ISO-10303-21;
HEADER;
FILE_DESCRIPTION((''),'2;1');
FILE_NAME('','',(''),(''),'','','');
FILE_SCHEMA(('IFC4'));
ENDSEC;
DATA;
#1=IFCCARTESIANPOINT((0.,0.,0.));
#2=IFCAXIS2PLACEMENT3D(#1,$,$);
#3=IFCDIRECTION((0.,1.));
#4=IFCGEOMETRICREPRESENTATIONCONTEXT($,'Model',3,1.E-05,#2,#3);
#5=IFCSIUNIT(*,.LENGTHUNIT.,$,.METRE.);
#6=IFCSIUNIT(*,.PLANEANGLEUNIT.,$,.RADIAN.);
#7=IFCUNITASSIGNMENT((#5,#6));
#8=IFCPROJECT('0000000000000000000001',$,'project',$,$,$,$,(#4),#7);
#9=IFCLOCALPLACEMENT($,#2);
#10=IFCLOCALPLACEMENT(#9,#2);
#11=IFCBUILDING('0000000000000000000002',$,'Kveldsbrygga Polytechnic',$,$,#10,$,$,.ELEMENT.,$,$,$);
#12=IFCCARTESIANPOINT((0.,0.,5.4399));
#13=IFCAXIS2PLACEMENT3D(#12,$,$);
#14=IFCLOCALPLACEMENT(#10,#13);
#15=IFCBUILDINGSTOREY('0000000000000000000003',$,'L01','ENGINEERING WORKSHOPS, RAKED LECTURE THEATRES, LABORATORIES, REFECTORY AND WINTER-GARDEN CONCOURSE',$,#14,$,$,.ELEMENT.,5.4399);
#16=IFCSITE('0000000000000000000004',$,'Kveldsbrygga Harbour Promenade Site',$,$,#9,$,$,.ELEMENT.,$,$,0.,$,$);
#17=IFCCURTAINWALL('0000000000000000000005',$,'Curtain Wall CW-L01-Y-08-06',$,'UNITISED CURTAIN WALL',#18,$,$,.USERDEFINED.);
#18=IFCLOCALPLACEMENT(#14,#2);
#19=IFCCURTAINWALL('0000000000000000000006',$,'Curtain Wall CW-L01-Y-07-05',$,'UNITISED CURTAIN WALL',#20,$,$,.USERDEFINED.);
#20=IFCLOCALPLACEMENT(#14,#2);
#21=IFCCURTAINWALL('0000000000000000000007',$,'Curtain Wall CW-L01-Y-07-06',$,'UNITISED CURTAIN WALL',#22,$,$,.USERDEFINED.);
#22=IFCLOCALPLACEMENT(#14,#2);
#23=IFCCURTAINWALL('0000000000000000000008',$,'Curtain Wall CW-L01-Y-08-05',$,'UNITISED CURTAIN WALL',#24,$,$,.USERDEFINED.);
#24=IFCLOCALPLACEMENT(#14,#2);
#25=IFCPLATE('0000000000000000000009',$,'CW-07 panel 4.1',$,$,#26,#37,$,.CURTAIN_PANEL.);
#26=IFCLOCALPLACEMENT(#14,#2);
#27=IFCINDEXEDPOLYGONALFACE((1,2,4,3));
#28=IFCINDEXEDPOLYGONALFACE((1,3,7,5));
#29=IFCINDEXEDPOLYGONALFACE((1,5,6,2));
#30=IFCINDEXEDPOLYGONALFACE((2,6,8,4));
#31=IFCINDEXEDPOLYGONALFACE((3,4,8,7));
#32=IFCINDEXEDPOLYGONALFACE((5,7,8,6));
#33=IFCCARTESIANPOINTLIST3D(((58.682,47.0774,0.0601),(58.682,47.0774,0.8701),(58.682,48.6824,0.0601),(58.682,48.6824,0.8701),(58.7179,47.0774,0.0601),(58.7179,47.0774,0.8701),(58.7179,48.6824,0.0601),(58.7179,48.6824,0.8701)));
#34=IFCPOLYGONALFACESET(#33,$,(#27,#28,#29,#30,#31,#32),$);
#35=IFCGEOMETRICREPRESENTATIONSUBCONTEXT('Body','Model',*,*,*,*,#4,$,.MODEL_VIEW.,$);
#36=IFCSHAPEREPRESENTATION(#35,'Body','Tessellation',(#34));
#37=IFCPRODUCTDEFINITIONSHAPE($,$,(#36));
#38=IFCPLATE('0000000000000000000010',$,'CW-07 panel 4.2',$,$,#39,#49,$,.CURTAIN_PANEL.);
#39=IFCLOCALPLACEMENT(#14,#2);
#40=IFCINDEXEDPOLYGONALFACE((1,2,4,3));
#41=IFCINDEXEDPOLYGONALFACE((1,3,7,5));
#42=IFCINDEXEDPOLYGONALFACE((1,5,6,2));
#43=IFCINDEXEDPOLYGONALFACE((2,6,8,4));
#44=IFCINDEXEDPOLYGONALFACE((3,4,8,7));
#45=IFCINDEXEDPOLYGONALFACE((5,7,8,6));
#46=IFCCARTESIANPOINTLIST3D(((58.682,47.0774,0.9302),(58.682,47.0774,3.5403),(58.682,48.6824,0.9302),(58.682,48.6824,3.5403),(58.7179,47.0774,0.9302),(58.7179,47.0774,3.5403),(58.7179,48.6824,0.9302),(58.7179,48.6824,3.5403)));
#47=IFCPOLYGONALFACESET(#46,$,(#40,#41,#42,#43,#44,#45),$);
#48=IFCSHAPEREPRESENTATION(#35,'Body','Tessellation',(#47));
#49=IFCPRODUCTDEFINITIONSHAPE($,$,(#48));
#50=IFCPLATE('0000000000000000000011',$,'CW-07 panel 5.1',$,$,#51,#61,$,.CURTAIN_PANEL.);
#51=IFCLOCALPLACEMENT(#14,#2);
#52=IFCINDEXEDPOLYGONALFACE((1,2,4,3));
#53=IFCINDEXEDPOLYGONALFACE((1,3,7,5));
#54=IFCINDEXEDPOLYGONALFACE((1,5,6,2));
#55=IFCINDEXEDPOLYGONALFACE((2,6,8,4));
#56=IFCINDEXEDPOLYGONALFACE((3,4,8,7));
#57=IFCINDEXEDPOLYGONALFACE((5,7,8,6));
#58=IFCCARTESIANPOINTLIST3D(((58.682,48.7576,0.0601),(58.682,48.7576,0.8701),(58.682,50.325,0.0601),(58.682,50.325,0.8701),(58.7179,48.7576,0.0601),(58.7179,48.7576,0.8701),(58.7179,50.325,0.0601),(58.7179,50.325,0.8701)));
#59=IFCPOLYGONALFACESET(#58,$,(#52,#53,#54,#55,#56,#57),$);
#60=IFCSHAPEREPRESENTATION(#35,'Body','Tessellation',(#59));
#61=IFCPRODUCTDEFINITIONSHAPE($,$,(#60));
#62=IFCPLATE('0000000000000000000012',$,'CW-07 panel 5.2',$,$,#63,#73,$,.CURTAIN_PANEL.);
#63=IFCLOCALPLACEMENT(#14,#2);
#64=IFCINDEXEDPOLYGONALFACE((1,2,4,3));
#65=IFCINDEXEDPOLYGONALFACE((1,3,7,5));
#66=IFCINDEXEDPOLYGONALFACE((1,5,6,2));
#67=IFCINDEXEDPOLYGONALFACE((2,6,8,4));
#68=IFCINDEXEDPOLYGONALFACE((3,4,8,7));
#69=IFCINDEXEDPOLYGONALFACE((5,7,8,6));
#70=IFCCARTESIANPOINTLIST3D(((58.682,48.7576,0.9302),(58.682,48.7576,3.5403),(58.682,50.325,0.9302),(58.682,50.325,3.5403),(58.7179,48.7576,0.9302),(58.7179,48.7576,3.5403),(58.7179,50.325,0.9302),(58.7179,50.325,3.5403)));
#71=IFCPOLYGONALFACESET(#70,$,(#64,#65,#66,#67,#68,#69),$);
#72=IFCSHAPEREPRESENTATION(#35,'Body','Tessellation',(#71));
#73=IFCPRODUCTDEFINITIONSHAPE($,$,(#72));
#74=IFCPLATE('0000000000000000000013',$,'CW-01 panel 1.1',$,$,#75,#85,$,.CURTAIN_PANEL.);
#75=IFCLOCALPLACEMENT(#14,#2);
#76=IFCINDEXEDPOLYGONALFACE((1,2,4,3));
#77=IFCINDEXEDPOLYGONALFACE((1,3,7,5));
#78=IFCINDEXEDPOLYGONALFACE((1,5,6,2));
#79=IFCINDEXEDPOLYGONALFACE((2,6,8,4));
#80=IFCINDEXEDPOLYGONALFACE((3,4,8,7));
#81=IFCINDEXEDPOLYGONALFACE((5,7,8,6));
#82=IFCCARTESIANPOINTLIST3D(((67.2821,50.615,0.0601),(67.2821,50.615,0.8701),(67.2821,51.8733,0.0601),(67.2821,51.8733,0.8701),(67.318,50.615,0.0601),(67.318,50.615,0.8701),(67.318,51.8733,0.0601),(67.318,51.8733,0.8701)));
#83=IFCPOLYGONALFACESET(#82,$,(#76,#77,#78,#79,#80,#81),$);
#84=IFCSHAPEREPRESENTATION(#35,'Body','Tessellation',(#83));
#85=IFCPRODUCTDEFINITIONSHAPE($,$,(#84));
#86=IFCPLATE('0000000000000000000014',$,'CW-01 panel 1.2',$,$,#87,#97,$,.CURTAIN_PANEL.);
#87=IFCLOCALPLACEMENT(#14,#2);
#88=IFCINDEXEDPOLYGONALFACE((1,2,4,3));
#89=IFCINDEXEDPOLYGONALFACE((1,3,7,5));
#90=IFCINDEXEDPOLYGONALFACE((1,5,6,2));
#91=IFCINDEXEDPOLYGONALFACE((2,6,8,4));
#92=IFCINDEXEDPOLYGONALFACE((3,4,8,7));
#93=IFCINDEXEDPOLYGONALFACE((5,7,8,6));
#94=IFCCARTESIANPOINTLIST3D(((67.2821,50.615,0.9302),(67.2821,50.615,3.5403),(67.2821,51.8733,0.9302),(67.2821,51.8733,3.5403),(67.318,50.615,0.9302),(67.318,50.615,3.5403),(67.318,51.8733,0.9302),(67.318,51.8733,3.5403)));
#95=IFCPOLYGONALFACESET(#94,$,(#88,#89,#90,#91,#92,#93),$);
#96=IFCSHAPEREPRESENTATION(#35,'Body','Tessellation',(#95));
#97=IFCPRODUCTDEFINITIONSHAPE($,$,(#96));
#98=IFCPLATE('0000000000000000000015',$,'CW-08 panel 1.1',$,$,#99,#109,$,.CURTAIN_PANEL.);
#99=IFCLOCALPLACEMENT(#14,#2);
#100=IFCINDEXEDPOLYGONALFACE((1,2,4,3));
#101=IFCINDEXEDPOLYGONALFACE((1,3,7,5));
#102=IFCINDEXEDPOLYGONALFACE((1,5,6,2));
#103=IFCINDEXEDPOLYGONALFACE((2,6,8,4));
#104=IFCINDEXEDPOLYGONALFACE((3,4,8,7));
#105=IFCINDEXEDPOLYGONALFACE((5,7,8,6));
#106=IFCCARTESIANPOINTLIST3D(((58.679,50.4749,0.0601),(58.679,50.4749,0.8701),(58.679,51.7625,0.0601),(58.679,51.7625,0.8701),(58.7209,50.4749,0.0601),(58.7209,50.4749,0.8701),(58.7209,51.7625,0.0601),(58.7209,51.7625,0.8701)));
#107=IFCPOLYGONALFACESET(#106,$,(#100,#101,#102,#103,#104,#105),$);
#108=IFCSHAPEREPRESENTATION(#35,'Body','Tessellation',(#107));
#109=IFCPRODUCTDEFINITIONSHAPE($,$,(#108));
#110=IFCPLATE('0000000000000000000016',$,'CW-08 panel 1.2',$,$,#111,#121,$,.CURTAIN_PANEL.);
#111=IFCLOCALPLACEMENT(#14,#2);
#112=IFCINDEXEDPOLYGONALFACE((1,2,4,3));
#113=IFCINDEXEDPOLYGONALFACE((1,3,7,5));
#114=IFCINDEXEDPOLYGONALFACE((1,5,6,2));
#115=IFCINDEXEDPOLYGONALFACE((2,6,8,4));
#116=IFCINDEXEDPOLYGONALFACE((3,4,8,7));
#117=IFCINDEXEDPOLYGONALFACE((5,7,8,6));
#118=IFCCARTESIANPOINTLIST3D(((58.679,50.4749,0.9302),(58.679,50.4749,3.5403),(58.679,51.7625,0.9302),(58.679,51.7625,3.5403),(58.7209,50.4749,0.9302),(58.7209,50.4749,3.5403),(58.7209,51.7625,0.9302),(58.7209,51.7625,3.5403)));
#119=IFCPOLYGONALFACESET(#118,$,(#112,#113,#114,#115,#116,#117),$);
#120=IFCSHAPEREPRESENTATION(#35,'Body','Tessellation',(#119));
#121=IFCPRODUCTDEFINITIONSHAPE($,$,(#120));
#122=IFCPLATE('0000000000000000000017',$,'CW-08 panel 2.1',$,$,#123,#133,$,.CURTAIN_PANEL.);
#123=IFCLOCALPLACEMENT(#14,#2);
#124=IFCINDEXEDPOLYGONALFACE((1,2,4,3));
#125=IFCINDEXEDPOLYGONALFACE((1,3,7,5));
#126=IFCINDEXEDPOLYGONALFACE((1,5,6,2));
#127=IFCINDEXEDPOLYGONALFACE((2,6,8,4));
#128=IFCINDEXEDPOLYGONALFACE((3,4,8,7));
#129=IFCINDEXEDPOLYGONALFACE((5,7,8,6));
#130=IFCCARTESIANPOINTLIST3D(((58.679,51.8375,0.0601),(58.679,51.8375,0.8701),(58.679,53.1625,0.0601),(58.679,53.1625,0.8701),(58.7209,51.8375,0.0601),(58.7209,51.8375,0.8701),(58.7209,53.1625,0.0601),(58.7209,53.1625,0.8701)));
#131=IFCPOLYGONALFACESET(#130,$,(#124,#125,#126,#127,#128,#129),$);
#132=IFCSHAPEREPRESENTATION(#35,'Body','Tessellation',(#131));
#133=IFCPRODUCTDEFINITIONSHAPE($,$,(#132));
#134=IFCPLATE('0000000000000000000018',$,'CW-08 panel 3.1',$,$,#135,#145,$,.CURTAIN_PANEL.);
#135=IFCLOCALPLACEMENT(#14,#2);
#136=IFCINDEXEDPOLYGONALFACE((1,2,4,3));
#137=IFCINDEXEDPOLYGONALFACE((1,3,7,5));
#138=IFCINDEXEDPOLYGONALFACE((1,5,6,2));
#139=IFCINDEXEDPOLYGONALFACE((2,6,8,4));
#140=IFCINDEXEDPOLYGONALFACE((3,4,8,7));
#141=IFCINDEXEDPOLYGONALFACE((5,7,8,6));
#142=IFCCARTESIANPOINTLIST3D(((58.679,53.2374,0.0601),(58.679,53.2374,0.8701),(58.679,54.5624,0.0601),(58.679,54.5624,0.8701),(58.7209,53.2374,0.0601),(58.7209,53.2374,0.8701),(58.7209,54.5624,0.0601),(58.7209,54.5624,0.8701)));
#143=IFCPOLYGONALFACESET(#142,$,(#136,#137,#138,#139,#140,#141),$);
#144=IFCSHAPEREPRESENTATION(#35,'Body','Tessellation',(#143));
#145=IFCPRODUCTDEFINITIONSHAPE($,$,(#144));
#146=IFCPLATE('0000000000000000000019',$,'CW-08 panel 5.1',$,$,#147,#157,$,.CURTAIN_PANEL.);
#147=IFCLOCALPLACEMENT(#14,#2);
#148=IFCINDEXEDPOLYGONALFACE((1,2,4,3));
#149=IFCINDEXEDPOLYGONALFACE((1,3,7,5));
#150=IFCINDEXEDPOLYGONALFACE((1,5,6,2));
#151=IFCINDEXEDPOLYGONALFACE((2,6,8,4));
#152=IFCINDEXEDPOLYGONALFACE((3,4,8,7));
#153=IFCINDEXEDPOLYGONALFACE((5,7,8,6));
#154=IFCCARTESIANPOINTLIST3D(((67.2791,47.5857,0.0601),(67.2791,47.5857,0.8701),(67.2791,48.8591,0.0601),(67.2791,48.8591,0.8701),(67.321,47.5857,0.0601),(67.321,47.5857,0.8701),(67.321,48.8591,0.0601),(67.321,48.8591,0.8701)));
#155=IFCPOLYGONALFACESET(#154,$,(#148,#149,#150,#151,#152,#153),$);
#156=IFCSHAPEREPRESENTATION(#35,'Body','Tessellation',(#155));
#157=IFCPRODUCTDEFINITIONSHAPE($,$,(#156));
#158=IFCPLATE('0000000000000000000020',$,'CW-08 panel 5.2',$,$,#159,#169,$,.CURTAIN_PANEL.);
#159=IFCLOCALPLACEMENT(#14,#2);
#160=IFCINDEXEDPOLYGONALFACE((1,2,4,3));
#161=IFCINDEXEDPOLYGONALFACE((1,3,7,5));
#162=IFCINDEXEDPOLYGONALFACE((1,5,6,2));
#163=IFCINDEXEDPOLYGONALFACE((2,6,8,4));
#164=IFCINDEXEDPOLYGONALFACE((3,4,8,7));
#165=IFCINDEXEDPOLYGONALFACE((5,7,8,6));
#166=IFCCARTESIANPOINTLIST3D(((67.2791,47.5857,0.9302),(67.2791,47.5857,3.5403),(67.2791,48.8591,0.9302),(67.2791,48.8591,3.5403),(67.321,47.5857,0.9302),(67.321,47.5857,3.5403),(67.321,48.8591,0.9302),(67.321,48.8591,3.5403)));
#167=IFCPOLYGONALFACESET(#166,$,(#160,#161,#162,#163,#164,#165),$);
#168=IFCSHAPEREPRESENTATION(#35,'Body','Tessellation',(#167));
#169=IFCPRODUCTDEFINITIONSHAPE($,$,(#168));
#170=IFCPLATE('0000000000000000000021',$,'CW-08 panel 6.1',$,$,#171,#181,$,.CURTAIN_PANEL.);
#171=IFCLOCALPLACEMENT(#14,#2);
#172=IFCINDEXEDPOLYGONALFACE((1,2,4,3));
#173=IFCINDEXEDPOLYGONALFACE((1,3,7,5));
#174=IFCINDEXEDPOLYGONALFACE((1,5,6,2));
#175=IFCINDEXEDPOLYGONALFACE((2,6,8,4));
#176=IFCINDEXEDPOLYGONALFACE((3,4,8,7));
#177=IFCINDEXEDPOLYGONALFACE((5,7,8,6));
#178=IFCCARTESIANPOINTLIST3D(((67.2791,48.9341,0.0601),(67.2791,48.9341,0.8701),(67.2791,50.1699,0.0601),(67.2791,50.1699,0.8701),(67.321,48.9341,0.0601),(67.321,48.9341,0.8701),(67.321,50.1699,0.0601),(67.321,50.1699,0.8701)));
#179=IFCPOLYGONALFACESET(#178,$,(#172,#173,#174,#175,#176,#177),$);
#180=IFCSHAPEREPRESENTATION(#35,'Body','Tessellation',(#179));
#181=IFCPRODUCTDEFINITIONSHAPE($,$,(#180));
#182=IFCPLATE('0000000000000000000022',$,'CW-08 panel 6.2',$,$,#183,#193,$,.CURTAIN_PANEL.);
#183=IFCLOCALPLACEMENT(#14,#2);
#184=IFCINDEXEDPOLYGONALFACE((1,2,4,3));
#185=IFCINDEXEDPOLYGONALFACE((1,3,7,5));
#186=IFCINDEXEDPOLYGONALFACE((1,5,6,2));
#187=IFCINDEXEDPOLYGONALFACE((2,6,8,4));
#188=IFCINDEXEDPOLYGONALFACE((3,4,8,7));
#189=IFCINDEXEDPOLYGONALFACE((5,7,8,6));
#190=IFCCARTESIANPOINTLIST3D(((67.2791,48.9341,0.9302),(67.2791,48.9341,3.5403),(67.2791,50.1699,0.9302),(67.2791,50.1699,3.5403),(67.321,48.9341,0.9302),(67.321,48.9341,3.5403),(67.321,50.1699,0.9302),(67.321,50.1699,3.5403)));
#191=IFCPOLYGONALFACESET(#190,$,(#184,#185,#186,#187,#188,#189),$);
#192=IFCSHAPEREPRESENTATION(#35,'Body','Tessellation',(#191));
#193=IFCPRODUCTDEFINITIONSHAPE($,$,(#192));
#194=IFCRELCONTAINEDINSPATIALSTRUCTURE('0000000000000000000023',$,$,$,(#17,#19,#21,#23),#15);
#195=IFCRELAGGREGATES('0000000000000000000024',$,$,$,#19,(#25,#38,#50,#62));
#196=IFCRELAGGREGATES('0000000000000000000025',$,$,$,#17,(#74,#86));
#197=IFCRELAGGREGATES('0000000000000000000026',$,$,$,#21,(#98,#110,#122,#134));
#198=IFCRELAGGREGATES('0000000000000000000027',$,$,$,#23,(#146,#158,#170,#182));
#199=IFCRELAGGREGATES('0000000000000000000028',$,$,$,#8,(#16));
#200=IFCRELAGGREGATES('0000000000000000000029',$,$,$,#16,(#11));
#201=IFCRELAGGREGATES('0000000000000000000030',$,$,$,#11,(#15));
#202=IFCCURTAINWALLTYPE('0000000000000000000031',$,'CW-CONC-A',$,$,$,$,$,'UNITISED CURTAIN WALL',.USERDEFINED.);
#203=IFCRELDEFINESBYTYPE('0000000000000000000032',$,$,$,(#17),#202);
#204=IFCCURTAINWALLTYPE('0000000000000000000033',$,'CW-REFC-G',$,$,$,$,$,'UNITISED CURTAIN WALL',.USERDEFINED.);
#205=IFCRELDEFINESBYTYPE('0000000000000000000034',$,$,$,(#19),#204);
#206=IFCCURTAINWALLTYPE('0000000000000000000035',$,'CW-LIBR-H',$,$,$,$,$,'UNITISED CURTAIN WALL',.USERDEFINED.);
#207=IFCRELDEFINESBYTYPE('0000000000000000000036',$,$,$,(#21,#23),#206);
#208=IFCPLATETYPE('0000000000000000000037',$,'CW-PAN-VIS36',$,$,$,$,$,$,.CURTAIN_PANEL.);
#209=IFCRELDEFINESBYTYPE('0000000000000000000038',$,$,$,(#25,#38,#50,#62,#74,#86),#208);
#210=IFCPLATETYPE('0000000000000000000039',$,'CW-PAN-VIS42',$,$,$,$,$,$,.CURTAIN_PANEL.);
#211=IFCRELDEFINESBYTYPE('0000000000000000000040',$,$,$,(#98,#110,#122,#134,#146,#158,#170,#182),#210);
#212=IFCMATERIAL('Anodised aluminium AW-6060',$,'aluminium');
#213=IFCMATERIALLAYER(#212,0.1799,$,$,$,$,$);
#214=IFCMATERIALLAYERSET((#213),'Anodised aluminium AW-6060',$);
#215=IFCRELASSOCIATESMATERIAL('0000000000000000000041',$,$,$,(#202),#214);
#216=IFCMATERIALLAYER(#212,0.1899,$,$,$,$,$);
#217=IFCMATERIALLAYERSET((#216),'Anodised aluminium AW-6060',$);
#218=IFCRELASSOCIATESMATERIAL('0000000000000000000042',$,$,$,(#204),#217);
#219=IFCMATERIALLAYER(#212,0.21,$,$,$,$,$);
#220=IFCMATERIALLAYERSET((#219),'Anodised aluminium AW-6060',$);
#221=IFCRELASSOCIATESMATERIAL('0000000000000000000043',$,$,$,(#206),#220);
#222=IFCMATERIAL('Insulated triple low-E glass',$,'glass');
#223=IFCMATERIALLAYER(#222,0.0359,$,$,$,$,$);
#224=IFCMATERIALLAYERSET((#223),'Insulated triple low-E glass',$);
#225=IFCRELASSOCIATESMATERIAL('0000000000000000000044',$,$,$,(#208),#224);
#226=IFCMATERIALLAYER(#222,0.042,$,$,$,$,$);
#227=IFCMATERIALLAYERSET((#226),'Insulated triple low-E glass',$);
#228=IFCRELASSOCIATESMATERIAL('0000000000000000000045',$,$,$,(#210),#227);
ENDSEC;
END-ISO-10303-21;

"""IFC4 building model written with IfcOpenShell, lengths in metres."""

from ifc_helpers import new_model, si_unit, direction, frame, origin, origin_2d, place, context, subcontext, project, spatial, rectangle, extrude, material, layer, layer_set, type_object, element, aggregate, save


model = new_model("IFC4")

# Units and contexts
model_context = context("Model", 3, precision=1e-05, world=origin(), true_north=direction((0.0, 1.0)))
body_context = subcontext(model_context, "Body", "Model", "MODEL_VIEW")
ifc_project = project(units=[si_unit("LENGTHUNIT", "METRE"), si_unit("PLANEANGLEUNIT", "RADIAN")], contexts=[model_context])

# Site, building, storey
site_placement = place(None, origin())
site = spatial("IfcSite", under=ifc_project, at=site_placement, Name="Kveldsbrygga Harbour Promenade Site", CompositionType="ELEMENT", RefElevation=0.0)
building_placement = place(site_placement, origin())
building = spatial("IfcBuilding", under=site, at=building_placement, Name="Kveldsbrygga Polytechnic", CompositionType="ELEMENT")
storey_placement = place(building_placement, frame((0.0, 0.0, 5.4399)))
storey = spatial("IfcBuildingStorey", under=building, at=storey_placement, Name="L01", Description="ENGINEERING WORKSHOPS, RAKED LECTURE THEATRES, LABORATORIES, REFECTORY AND WINTER-GARDEN CONCOURSE", CompositionType="ELEMENT", Elevation=5.4399)

# Curtain walls
ifc_material_1 = material(Name="Anodised aluminium AW-6060", Category="aluminium")
ifc_layer_1 = layer(ifc_material_1, 0.1799)
ifc_layer_set_1 = layer_set([ifc_layer_1], Name="Anodised aluminium AW-6060")
curtain_wall_type_1 = type_object("IfcCurtainWallType", Name="CW-CONC-A", ElementType="UNITISED CURTAIN WALL", PredefinedType="USERDEFINED", material=ifc_layer_set_1)
curtain_wall_1_placement = place(storey_placement, origin())
curtain_wall_1 = element("IfcCurtainWall", 1, at=curtain_wall_1_placement, inside=storey, type_object=curtain_wall_type_1, Name="Curtain Wall CW-L01-Y-08-06", ObjectType="UNITISED CURTAIN WALL", PredefinedType="USERDEFINED")
ifc_layer_2 = layer(ifc_material_1, 0.1899)
ifc_layer_set_2 = layer_set([ifc_layer_2], Name="Anodised aluminium AW-6060")
curtain_wall_type_2 = type_object("IfcCurtainWallType", Name="CW-REFC-G", ElementType="UNITISED CURTAIN WALL", PredefinedType="USERDEFINED", material=ifc_layer_set_2)
curtain_wall_2_placement = place(storey_placement, origin())
curtain_wall_2 = element("IfcCurtainWall", 2, at=curtain_wall_2_placement, inside=storey, type_object=curtain_wall_type_2, Name="Curtain Wall CW-L01-Y-07-05", ObjectType="UNITISED CURTAIN WALL", PredefinedType="USERDEFINED")
ifc_layer_3 = layer(ifc_material_1, 0.21)
ifc_layer_set_3 = layer_set([ifc_layer_3], Name="Anodised aluminium AW-6060")
curtain_wall_type_3 = type_object("IfcCurtainWallType", Name="CW-LIBR-H", ElementType="UNITISED CURTAIN WALL", PredefinedType="USERDEFINED", material=ifc_layer_set_3)
curtain_wall_3_placement = place(storey_placement, origin())
curtain_wall_3 = element("IfcCurtainWall", 3, at=curtain_wall_3_placement, inside=storey, type_object=curtain_wall_type_3, Name="Curtain Wall CW-L01-Y-07-06", ObjectType="UNITISED CURTAIN WALL", PredefinedType="USERDEFINED")
curtain_wall_4_placement = place(storey_placement, origin())
curtain_wall_4 = element("IfcCurtainWall", 4, at=curtain_wall_4_placement, inside=storey, type_object=curtain_wall_type_3, Name="Curtain Wall CW-L01-Y-08-05", ObjectType="UNITISED CURTAIN WALL", PredefinedType="USERDEFINED")

# Plates
ifc_material_2 = material(Name="Insulated triple low-E glass", Category="glass")
ifc_layer_4 = layer(ifc_material_2, 0.0359)
ifc_layer_set_4 = layer_set([ifc_layer_4], Name="Insulated triple low-E glass")
plate_type_1 = type_object("IfcPlateType", Name="CW-PAN-VIS36", PredefinedType="CURTAIN_PANEL", material=ifc_layer_set_4)
plate_1_placement = place(storey_placement, frame((58.7, 47.8799, 0.0601), z_axis=(0.0, 0.0, 1.0), x_axis=(0.0, 1.0, 0.0)))
plate_1 = element("IfcPlate", 5, at=plate_1_placement, type_object=plate_type_1, Name="CW-07 panel 4.1", PredefinedType="CURTAIN_PANEL", context=body_context, shape_type="SweptSolid", body=[
    extrude(rectangle(XDim=1.605, YDim=0.0359, at=origin_2d()), origin(), (0.0, 0.0, 1.0), 0.8101),
])
plate_2_placement = place(storey_placement, frame((58.7, 47.8799, 0.9302), z_axis=(0.0, 0.0, 1.0), x_axis=(0.0, 1.0, 0.0)))
plate_2 = element("IfcPlate", 6, at=plate_2_placement, type_object=plate_type_1, Name="CW-07 panel 4.2", PredefinedType="CURTAIN_PANEL", context=body_context, shape_type="SweptSolid", body=[
    extrude(rectangle(XDim=1.605, YDim=0.0359, at=origin_2d()), origin(), (0.0, 0.0, 1.0), 2.6101),
])
plate_3_placement = place(storey_placement, frame((58.7, 49.5413, 0.0601), z_axis=(0.0, 0.0, 1.0), x_axis=(0.0, 1.0, 0.0)))
plate_3 = element("IfcPlate", 7, at=plate_3_placement, type_object=plate_type_1, Name="CW-07 panel 5.1", PredefinedType="CURTAIN_PANEL", context=body_context, shape_type="SweptSolid", body=[
    extrude(rectangle(XDim=1.5674, YDim=0.0359, at=origin_2d()), origin(), (0.0, 0.0, 1.0), 0.8101),
])
plate_4_placement = place(storey_placement, frame((58.7, 49.5413, 0.9302), z_axis=(0.0, 0.0, 1.0), x_axis=(0.0, 1.0, 0.0)))
plate_4 = element("IfcPlate", 8, at=plate_4_placement, type_object=plate_type_1, Name="CW-07 panel 5.2", PredefinedType="CURTAIN_PANEL", context=body_context, shape_type="SweptSolid", body=[
    extrude(rectangle(XDim=1.5674, YDim=0.0359, at=origin_2d()), origin(), (0.0, 0.0, 1.0), 2.6101),
])
aggregate(curtain_wall_2, [plate_1, plate_2, plate_3, plate_4])
plate_5_placement = place(storey_placement, frame((67.3, 51.2441, 0.0601), z_axis=(0.0, 0.0, 1.0), x_axis=(0.0, 1.0, 0.0)))
plate_5 = element("IfcPlate", 9, at=plate_5_placement, type_object=plate_type_1, Name="CW-01 panel 1.1", PredefinedType="CURTAIN_PANEL", context=body_context, shape_type="SweptSolid", body=[
    extrude(rectangle(XDim=1.2583, YDim=0.0359, at=origin_2d()), origin(), (0.0, 0.0, 1.0), 0.8101),
])
plate_6_placement = place(storey_placement, frame((67.3, 51.2441, 0.9302), z_axis=(0.0, 0.0, 1.0), x_axis=(0.0, 1.0, 0.0)))
plate_6 = element("IfcPlate", 10, at=plate_6_placement, type_object=plate_type_1, Name="CW-01 panel 1.2", PredefinedType="CURTAIN_PANEL", context=body_context, shape_type="SweptSolid", body=[
    extrude(rectangle(XDim=1.2583, YDim=0.0359, at=origin_2d()), origin(), (0.0, 0.0, 1.0), 2.6101),
])
aggregate(curtain_wall_1, [plate_5, plate_6])
ifc_layer_5 = layer(ifc_material_2, 0.042)
ifc_layer_set_5 = layer_set([ifc_layer_5], Name="Insulated triple low-E glass")
plate_type_2 = type_object("IfcPlateType", Name="CW-PAN-VIS42", PredefinedType="CURTAIN_PANEL", material=ifc_layer_set_5)
plate_7_placement = place(storey_placement, frame((58.7, 51.1187, 0.0601), z_axis=(0.0, 0.0, 1.0), x_axis=(0.0, 1.0, 0.0)))
plate_7 = element("IfcPlate", 11, at=plate_7_placement, type_object=plate_type_2, Name="CW-08 panel 1.1", PredefinedType="CURTAIN_PANEL", context=body_context, shape_type="SweptSolid", body=[
    extrude(rectangle(XDim=1.2876, YDim=0.042, at=origin_2d()), origin(), (0.0, 0.0, 1.0), 0.8101),
])
plate_8_placement = place(storey_placement, frame((58.7, 51.1187, 0.9302), z_axis=(0.0, 0.0, 1.0), x_axis=(0.0, 1.0, 0.0)))
plate_8 = element("IfcPlate", 12, at=plate_8_placement, type_object=plate_type_2, Name="CW-08 panel 1.2", PredefinedType="CURTAIN_PANEL", context=body_context, shape_type="SweptSolid", body=[
    extrude(rectangle(XDim=1.2876, YDim=0.042, at=origin_2d()), origin(), (0.0, 0.0, 1.0), 2.6101),
])
plate_9_placement = place(storey_placement, frame((58.7, 52.5, 0.0601), z_axis=(0.0, 0.0, 1.0), x_axis=(0.0, 1.0, 0.0)))
plate_9 = element("IfcPlate", 13, at=plate_9_placement, type_object=plate_type_2, Name="CW-08 panel 2.1", PredefinedType="CURTAIN_PANEL", context=body_context, shape_type="SweptSolid", body=[
    extrude(rectangle(XDim=1.325, YDim=0.042, at=origin_2d()), origin(), (0.0, 0.0, 1.0), 0.8101),
])
plate_10_placement = place(storey_placement, frame((58.7, 53.8999, 0.0601), z_axis=(0.0, 0.0, 1.0), x_axis=(0.0, 1.0, 0.0)))
plate_10 = element("IfcPlate", 14, at=plate_10_placement, type_object=plate_type_2, Name="CW-08 panel 3.1", PredefinedType="CURTAIN_PANEL", context=body_context, shape_type="SweptSolid", body=[
    extrude(rectangle(XDim=1.325, YDim=0.042, at=origin_2d()), origin(), (0.0, 0.0, 1.0), 0.8101),
])
aggregate(curtain_wall_3, [plate_7, plate_8, plate_9, plate_10])
plate_11_placement = place(storey_placement, frame((67.3, 48.2224, 0.0601), z_axis=(0.0, 0.0, 1.0), x_axis=(0.0, 1.0, 0.0)))
plate_11 = element("IfcPlate", 15, at=plate_11_placement, type_object=plate_type_2, Name="CW-08 panel 5.1", PredefinedType="CURTAIN_PANEL", context=body_context, shape_type="SweptSolid", body=[
    extrude(rectangle(XDim=1.2734, YDim=0.042, at=origin_2d()), origin(), (0.0, 0.0, 1.0), 0.8101),
])
plate_12_placement = place(storey_placement, frame((67.3, 48.2224, 0.9302), z_axis=(0.0, 0.0, 1.0), x_axis=(0.0, 1.0, 0.0)))
plate_12 = element("IfcPlate", 16, at=plate_12_placement, type_object=plate_type_2, Name="CW-08 panel 5.2", PredefinedType="CURTAIN_PANEL", context=body_context, shape_type="SweptSolid", body=[
    extrude(rectangle(XDim=1.2734, YDim=0.042, at=origin_2d()), origin(), (0.0, 0.0, 1.0), 2.6101),
])
plate_13_placement = place(storey_placement, frame((67.3, 49.552, 0.0601), z_axis=(0.0, 0.0, 1.0), x_axis=(0.0, 1.0, 0.0)))
plate_13 = element("IfcPlate", 17, at=plate_13_placement, type_object=plate_type_2, Name="CW-08 panel 6.1", PredefinedType="CURTAIN_PANEL", context=body_context, shape_type="SweptSolid", body=[
    extrude(rectangle(XDim=1.2358, YDim=0.042, at=origin_2d()), origin(), (0.0, 0.0, 1.0), 0.8101),
])
plate_14_placement = place(storey_placement, frame((67.3, 49.552, 0.9302), z_axis=(0.0, 0.0, 1.0), x_axis=(0.0, 1.0, 0.0)))
plate_14 = element("IfcPlate", 18, at=plate_14_placement, type_object=plate_type_2, Name="CW-08 panel 6.2", PredefinedType="CURTAIN_PANEL", context=body_context, shape_type="SweptSolid", body=[
    extrude(rectangle(XDim=1.2358, YDim=0.042, at=origin_2d()), origin(), (0.0, 0.0, 1.0), 2.6101),
])
aggregate(curtain_wall_4, [plate_11, plate_12, plate_13, plate_14])

save(model, "model.ifc")
